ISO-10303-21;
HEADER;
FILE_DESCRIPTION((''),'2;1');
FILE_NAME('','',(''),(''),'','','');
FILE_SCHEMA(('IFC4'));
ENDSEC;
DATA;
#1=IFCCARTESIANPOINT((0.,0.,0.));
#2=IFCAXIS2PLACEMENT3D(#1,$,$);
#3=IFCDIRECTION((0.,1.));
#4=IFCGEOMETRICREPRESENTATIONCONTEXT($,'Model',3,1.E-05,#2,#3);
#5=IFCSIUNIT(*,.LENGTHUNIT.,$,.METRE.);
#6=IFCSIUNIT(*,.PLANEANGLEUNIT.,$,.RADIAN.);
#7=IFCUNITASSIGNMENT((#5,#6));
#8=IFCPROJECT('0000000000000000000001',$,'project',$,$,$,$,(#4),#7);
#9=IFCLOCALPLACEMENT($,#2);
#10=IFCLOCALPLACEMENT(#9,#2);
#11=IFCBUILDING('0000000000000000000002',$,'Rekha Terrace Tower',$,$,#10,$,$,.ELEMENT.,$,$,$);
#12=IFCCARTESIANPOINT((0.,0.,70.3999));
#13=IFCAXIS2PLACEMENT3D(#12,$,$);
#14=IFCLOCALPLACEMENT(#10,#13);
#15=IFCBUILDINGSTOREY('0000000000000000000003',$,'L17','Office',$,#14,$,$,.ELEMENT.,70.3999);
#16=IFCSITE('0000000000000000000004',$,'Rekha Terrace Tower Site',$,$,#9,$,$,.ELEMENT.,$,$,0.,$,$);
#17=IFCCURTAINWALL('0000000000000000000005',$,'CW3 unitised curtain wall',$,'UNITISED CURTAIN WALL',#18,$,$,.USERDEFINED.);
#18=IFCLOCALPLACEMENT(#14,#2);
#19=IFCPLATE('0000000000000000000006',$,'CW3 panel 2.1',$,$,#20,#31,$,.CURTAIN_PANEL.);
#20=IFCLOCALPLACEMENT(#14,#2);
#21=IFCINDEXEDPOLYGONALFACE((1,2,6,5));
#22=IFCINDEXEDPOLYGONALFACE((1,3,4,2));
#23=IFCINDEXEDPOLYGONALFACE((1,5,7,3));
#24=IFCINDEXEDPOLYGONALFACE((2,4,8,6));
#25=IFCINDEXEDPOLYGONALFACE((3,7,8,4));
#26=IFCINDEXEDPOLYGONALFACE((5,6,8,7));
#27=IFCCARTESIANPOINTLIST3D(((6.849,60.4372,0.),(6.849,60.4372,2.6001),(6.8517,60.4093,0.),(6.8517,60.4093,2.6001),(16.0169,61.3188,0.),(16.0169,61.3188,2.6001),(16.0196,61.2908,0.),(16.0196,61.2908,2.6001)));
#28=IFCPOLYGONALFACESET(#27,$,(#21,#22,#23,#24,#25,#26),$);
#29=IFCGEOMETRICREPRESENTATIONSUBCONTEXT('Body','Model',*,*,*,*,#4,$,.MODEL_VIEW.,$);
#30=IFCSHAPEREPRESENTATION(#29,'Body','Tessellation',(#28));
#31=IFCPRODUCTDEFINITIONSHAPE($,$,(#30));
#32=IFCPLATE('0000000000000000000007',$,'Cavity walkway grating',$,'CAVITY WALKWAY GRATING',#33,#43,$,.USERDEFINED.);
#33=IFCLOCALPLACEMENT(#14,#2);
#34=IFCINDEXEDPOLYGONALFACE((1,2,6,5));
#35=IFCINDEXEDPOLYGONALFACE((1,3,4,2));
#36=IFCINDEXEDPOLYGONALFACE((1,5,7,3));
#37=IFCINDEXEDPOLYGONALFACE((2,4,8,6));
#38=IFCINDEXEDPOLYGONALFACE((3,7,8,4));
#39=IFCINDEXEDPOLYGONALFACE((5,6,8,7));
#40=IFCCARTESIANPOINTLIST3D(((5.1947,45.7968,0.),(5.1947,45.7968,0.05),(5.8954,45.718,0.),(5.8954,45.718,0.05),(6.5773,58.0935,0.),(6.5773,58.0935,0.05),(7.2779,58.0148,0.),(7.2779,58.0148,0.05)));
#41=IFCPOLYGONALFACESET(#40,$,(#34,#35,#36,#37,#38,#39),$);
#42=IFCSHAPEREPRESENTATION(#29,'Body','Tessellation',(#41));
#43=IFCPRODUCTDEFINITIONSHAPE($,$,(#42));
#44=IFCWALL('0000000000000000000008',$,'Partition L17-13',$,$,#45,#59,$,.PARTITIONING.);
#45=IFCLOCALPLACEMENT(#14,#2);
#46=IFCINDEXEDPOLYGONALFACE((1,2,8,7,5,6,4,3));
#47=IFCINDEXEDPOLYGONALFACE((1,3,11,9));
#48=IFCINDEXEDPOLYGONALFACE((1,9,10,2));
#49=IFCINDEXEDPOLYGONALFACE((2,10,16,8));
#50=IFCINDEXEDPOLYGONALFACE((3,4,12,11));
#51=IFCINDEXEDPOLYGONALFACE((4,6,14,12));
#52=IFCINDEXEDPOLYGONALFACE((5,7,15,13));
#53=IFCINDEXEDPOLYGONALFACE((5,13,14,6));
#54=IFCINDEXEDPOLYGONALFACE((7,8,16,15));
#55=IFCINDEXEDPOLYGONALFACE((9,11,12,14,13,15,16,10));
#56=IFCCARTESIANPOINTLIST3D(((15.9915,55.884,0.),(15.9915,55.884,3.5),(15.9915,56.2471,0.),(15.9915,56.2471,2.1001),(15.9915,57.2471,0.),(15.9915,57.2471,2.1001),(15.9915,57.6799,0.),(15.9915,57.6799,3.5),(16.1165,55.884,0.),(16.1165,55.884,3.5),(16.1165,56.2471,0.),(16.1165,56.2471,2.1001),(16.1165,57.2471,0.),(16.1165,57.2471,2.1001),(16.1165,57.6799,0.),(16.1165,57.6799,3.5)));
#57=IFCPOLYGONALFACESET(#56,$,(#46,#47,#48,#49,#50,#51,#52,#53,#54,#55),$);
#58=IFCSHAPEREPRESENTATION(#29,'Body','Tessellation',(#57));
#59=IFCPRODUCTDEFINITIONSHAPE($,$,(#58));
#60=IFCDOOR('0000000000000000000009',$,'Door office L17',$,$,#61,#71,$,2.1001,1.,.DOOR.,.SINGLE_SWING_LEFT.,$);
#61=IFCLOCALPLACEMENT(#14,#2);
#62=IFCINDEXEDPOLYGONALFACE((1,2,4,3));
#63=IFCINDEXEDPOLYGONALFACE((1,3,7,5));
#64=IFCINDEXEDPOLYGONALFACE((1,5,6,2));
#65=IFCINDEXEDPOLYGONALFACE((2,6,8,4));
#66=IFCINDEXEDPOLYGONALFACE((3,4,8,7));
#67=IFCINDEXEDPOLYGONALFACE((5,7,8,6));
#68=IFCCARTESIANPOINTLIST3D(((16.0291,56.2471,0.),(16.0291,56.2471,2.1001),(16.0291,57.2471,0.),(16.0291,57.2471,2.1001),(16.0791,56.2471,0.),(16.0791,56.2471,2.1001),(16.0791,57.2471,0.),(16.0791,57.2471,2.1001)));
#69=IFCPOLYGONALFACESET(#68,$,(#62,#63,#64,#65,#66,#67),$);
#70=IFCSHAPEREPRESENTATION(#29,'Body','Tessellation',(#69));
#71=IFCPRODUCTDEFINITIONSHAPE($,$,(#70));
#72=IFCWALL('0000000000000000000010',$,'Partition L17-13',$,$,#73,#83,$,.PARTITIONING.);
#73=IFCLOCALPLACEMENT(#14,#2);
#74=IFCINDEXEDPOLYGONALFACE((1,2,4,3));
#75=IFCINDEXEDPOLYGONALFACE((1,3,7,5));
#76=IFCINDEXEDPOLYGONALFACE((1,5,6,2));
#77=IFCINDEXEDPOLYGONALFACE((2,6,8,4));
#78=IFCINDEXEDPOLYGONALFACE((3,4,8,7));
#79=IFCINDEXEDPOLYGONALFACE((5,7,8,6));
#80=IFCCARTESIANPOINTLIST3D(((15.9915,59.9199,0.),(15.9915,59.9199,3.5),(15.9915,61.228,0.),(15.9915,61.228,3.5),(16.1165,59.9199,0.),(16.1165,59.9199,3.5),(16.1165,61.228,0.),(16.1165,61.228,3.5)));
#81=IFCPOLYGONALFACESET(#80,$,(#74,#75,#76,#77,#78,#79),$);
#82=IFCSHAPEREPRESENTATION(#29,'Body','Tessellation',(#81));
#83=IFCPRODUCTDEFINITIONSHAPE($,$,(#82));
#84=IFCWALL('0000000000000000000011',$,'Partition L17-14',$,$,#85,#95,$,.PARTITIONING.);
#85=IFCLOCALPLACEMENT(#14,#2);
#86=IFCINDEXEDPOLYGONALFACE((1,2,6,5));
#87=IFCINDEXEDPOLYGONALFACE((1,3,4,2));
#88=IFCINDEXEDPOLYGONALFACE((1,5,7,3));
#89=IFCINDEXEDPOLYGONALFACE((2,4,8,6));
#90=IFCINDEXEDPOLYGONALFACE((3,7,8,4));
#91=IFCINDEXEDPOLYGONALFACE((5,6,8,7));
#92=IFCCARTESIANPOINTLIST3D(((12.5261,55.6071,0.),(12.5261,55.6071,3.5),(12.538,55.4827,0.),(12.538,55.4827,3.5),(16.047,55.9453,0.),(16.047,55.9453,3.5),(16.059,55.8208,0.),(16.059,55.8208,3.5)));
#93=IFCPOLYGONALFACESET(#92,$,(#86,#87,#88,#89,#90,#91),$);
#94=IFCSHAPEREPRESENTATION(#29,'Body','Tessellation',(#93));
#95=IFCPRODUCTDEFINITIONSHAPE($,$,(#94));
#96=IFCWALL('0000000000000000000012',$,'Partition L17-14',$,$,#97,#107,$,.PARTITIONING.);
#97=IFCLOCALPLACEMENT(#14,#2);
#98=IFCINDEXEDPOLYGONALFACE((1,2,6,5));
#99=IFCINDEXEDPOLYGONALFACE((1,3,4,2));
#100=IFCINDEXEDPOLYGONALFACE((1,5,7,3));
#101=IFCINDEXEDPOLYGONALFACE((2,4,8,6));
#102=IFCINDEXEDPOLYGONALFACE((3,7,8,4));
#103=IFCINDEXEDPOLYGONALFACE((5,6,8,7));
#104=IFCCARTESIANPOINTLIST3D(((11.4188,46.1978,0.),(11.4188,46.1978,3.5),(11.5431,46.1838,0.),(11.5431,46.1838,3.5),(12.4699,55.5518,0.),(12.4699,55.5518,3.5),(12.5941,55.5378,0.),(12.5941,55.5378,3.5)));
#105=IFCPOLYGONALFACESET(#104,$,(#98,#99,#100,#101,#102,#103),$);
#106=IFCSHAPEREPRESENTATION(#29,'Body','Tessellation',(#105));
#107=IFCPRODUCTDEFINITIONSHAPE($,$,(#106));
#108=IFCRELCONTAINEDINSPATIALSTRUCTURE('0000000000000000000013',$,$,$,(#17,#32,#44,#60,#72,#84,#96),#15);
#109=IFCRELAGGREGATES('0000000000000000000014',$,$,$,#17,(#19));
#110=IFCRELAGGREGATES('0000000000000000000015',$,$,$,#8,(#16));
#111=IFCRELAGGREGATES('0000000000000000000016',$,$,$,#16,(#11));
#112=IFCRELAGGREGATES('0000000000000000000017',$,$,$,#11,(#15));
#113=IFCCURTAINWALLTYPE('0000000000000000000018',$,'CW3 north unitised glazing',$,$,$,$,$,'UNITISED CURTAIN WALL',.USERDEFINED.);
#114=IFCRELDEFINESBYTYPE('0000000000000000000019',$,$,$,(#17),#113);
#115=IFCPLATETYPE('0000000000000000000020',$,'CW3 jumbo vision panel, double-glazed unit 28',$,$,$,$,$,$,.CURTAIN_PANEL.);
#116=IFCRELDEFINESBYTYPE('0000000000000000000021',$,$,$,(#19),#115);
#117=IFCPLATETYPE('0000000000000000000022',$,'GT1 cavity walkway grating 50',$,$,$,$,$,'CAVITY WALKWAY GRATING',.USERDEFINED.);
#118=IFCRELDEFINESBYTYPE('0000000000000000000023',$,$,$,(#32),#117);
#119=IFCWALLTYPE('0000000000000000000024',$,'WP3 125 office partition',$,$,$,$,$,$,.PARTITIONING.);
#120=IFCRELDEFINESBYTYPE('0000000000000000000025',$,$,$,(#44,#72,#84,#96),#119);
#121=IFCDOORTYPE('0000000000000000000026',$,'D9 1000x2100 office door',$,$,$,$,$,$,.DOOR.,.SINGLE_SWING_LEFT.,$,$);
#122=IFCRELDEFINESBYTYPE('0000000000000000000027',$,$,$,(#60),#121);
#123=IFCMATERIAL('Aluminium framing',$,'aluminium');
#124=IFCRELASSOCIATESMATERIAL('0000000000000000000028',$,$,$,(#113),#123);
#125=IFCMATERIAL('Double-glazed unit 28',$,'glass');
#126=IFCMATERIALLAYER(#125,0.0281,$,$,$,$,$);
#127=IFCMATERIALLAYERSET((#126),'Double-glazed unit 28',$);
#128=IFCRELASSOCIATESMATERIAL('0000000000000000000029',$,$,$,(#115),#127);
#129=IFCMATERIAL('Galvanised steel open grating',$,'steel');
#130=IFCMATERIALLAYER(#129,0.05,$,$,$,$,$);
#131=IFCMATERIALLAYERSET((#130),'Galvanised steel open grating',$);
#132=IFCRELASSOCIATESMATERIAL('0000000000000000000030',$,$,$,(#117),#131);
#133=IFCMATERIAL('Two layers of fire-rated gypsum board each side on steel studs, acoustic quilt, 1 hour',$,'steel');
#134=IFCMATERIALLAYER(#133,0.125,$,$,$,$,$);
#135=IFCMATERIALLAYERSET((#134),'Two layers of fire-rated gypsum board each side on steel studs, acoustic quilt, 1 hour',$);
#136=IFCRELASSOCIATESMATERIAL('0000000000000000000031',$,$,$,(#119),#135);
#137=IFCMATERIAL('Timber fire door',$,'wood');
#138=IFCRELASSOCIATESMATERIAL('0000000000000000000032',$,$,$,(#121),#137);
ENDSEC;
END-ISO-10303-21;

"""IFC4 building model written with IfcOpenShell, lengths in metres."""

from ifc_helpers import new_model, si_unit, direction, frame, frame_2d, origin, origin_2d, place, context, subcontext, project, spatial, rectangle, extrude, material, layer, layer_set, type_object, element, fill, aggregate, save


model = new_model("IFC4")

# Units and contexts
model_context = context("Model", 3, precision=1e-05, world=origin(), true_north=direction((0.0, 1.0)))
body_context = subcontext(model_context, "Body", "Model", "MODEL_VIEW")
ifc_project = project(units=[si_unit("LENGTHUNIT", "METRE"), si_unit("PLANEANGLEUNIT", "RADIAN")], contexts=[model_context])

# Site, building, storey
site_placement = place(None, origin())
site = spatial("IfcSite", under=ifc_project, at=site_placement, Name="Rekha Terrace Tower Site", CompositionType="ELEMENT", RefElevation=0.0)
building_placement = place(site_placement, origin())
building = spatial("IfcBuilding", under=site, at=building_placement, Name="Rekha Terrace Tower", CompositionType="ELEMENT")
storey_placement = place(building_placement, frame((0.0, 0.0, 70.3999)))
storey = spatial("IfcBuildingStorey", under=building, at=storey_placement, Name="L17", Description="Office", CompositionType="ELEMENT", Elevation=70.3999)

# Curtain wall
ifc_material_1 = material(Name="Aluminium framing", Category="aluminium")
curtain_wall_type_1 = type_object("IfcCurtainWallType", Name="CW3 north unitised glazing", ElementType="UNITISED CURTAIN WALL", PredefinedType="USERDEFINED", material=ifc_material_1)
curtain_wall_1_placement = place(storey_placement, origin())
curtain_wall_1 = element("IfcCurtainWall", 1, at=curtain_wall_1_placement, inside=storey, type_object=curtain_wall_type_1, Name="CW3 unitised curtain wall", ObjectType="UNITISED CURTAIN WALL", PredefinedType="USERDEFINED")

# Plates
ifc_material_2 = material(Name="Double-glazed unit 28", Category="glass")
ifc_layer_1 = layer(ifc_material_2, 0.0281)
ifc_layer_set_1 = layer_set([ifc_layer_1], Name="Double-glazed unit 28")
plate_type_1 = type_object("IfcPlateType", Name="CW3 jumbo vision panel, double-glazed unit 28", PredefinedType="CURTAIN_PANEL", material=ifc_layer_set_1)
plate_1_placement = place(storey_placement, frame((11.4343, 60.864, 0.0), z_axis=(0.0, 0.0, 1.0), x_axis=(-0.995409, -0.095712, 0.0)))
plate_1 = element("IfcPlate", 2, at=plate_1_placement, type_object=plate_type_1, Name="CW3 panel 2.1", PredefinedType="CURTAIN_PANEL", context=body_context, shape_type="SweptSolid", body=[
    extrude(rectangle(XDim=9.2102, YDim=0.0281, at=origin_2d()), origin(), (0.0, 0.0, 1.0), 2.6001),
])
aggregate(curtain_wall_1, [plate_1])
ifc_material_3 = material(Name="Galvanised steel open grating", Category="steel")
ifc_layer_2 = layer(ifc_material_3, 0.05)
ifc_layer_set_2 = layer_set([ifc_layer_2], Name="Galvanised steel open grating")
plate_type_2 = type_object("IfcPlateType", Name="GT1 cavity walkway grating 50", ElementType="CAVITY WALKWAY GRATING", PredefinedType="USERDEFINED", material=ifc_layer_set_2)
plate_2_placement = place(storey_placement, frame((6.2363, 51.9058, 0.0), z_axis=(0.0, 0.0, 1.0), x_axis=(-0.11173, -0.993739, 0.0)))
element("IfcPlate", 3, at=plate_2_placement, inside=storey, type_object=plate_type_2, Name="Cavity walkway grating", ObjectType="CAVITY WALKWAY GRATING", PredefinedType="USERDEFINED", context=body_context, shape_type="SweptSolid", body=[
    extrude(rectangle(XDim=12.3743, YDim=0.7051, at=origin_2d()), origin(), (0.0, 0.0, 1.0), 0.05),
])

# Wall, opening, door
ifc_material_4 = material(Name="Two layers of fire-rated gypsum board each side on steel studs, acoustic quilt, 1 hour", Category="steel")
ifc_layer_3 = layer(ifc_material_4, 0.125)
ifc_layer_set_3 = layer_set([ifc_layer_3], Name="Two layers of fire-rated gypsum board each side on steel studs, acoustic quilt, 1 hour")
wall_type = type_object("IfcWallType", Name="WP3 125 office partition", PredefinedType="PARTITIONING", material=ifc_layer_set_3)
wall_1_placement = place(storey_placement, frame((16.054, 55.884, 0.0), z_axis=(0.0, 0.0, 1.0), x_axis=(0.0, 1.0, 0.0)))
wall_1 = element("IfcWall", 4, at=wall_1_placement, inside=storey, type_object=wall_type, Name="Partition L17-13", PredefinedType="PARTITIONING", context=body_context, shape_type="SweptSolid", body=[
    extrude(rectangle(XDim=1.7959, YDim=0.125, at=frame_2d((0.8979, 0.0))), origin(), (0.0, 0.0, 1.0), 3.5),
])
opening_placement = place(wall_1_placement, frame((0.363, 0.0, 0.0)))
opening = element("IfcOpeningElement", 5, at=opening_placement, cuts=wall_1, PredefinedType="OPENING", context=body_context, shape_type="SweptSolid", body=[
    extrude(rectangle(XDim=1.0, YDim=2.1001, at=frame_2d((0.5, 1.05))), frame((0.0, 0.0725, 0.0), z_axis=(0.0, -1.0, 0.0), x_axis=(1.0, 0.0, 0.0)), (0.0, 0.0, 1.0), 0.145),
])
ifc_material_5 = material(Name="Timber fire door", Category="wood")
door_type = type_object("IfcDoorType", Name="D9 1000x2100 office door", OperationType="SINGLE_SWING_LEFT", PredefinedType="DOOR", material=ifc_material_5)
door_placement = place(opening_placement, origin())
door = element("IfcDoor", 6, at=door_placement, inside=storey, type_object=door_type, Name="Door office L17", OperationType="SINGLE_SWING_LEFT", OverallHeight=2.1001, OverallWidth=1.0, PredefinedType="DOOR", context=body_context, shape_type="SweptSolid", body=[
    extrude(rectangle(XDim=1.0, YDim=2.1001, at=frame_2d((0.5, 1.05))), frame((0.0, 0.0249, 0.0), z_axis=(0.0, -1.0, 0.0), x_axis=(1.0, 0.0, 0.0)), (0.0, 0.0, 1.0), 0.05),
])
fill(opening, door)

# Walls
wall_2_placement = place(storey_placement, frame((16.054, 59.9199, 0.0), z_axis=(0.0, 0.0, 1.0), x_axis=(0.0, 1.0, 0.0)))
element("IfcWall", 7, at=wall_2_placement, inside=storey, type_object=wall_type, Name="Partition L17-13", PredefinedType="PARTITIONING", context=body_context, shape_type="SweptSolid", body=[
    extrude(rectangle(XDim=1.3081, YDim=0.125, at=frame_2d((0.6541, 0.0))), origin(), (0.0, 0.0, 1.0), 3.5),
])
wall_3_placement = place(storey_placement, frame((16.053, 55.8831, 0.0), z_axis=(0.0, 0.0, 1.0), x_axis=(-0.99542, -0.095594, 0.0)))
element("IfcWall", 8, at=wall_3_placement, inside=storey, type_object=wall_type, Name="Partition L17-14", PredefinedType="PARTITIONING", context=body_context, shape_type="SweptSolid", body=[
    extrude(rectangle(XDim=3.5371, YDim=0.125, at=frame_2d((1.7686, 0.0))), origin(), (0.0, 0.0, 1.0), 3.5),
])
wall_4_placement = place(storey_placement, frame((12.532, 55.5449, 0.0), z_axis=(0.0, 0.0, 1.0), x_axis=(-0.111658, -0.993747, 0.0)))
element("IfcWall", 9, at=wall_4_placement, inside=storey, type_object=wall_type, Name="Partition L17-14", PredefinedType="PARTITIONING", context=body_context, shape_type="SweptSolid", body=[
    extrude(rectangle(XDim=9.4128, YDim=0.125, at=frame_2d((4.7065, 0.0))), origin(), (0.0, 0.0, 1.0), 3.5),
])

save(model, "model.ifc")
